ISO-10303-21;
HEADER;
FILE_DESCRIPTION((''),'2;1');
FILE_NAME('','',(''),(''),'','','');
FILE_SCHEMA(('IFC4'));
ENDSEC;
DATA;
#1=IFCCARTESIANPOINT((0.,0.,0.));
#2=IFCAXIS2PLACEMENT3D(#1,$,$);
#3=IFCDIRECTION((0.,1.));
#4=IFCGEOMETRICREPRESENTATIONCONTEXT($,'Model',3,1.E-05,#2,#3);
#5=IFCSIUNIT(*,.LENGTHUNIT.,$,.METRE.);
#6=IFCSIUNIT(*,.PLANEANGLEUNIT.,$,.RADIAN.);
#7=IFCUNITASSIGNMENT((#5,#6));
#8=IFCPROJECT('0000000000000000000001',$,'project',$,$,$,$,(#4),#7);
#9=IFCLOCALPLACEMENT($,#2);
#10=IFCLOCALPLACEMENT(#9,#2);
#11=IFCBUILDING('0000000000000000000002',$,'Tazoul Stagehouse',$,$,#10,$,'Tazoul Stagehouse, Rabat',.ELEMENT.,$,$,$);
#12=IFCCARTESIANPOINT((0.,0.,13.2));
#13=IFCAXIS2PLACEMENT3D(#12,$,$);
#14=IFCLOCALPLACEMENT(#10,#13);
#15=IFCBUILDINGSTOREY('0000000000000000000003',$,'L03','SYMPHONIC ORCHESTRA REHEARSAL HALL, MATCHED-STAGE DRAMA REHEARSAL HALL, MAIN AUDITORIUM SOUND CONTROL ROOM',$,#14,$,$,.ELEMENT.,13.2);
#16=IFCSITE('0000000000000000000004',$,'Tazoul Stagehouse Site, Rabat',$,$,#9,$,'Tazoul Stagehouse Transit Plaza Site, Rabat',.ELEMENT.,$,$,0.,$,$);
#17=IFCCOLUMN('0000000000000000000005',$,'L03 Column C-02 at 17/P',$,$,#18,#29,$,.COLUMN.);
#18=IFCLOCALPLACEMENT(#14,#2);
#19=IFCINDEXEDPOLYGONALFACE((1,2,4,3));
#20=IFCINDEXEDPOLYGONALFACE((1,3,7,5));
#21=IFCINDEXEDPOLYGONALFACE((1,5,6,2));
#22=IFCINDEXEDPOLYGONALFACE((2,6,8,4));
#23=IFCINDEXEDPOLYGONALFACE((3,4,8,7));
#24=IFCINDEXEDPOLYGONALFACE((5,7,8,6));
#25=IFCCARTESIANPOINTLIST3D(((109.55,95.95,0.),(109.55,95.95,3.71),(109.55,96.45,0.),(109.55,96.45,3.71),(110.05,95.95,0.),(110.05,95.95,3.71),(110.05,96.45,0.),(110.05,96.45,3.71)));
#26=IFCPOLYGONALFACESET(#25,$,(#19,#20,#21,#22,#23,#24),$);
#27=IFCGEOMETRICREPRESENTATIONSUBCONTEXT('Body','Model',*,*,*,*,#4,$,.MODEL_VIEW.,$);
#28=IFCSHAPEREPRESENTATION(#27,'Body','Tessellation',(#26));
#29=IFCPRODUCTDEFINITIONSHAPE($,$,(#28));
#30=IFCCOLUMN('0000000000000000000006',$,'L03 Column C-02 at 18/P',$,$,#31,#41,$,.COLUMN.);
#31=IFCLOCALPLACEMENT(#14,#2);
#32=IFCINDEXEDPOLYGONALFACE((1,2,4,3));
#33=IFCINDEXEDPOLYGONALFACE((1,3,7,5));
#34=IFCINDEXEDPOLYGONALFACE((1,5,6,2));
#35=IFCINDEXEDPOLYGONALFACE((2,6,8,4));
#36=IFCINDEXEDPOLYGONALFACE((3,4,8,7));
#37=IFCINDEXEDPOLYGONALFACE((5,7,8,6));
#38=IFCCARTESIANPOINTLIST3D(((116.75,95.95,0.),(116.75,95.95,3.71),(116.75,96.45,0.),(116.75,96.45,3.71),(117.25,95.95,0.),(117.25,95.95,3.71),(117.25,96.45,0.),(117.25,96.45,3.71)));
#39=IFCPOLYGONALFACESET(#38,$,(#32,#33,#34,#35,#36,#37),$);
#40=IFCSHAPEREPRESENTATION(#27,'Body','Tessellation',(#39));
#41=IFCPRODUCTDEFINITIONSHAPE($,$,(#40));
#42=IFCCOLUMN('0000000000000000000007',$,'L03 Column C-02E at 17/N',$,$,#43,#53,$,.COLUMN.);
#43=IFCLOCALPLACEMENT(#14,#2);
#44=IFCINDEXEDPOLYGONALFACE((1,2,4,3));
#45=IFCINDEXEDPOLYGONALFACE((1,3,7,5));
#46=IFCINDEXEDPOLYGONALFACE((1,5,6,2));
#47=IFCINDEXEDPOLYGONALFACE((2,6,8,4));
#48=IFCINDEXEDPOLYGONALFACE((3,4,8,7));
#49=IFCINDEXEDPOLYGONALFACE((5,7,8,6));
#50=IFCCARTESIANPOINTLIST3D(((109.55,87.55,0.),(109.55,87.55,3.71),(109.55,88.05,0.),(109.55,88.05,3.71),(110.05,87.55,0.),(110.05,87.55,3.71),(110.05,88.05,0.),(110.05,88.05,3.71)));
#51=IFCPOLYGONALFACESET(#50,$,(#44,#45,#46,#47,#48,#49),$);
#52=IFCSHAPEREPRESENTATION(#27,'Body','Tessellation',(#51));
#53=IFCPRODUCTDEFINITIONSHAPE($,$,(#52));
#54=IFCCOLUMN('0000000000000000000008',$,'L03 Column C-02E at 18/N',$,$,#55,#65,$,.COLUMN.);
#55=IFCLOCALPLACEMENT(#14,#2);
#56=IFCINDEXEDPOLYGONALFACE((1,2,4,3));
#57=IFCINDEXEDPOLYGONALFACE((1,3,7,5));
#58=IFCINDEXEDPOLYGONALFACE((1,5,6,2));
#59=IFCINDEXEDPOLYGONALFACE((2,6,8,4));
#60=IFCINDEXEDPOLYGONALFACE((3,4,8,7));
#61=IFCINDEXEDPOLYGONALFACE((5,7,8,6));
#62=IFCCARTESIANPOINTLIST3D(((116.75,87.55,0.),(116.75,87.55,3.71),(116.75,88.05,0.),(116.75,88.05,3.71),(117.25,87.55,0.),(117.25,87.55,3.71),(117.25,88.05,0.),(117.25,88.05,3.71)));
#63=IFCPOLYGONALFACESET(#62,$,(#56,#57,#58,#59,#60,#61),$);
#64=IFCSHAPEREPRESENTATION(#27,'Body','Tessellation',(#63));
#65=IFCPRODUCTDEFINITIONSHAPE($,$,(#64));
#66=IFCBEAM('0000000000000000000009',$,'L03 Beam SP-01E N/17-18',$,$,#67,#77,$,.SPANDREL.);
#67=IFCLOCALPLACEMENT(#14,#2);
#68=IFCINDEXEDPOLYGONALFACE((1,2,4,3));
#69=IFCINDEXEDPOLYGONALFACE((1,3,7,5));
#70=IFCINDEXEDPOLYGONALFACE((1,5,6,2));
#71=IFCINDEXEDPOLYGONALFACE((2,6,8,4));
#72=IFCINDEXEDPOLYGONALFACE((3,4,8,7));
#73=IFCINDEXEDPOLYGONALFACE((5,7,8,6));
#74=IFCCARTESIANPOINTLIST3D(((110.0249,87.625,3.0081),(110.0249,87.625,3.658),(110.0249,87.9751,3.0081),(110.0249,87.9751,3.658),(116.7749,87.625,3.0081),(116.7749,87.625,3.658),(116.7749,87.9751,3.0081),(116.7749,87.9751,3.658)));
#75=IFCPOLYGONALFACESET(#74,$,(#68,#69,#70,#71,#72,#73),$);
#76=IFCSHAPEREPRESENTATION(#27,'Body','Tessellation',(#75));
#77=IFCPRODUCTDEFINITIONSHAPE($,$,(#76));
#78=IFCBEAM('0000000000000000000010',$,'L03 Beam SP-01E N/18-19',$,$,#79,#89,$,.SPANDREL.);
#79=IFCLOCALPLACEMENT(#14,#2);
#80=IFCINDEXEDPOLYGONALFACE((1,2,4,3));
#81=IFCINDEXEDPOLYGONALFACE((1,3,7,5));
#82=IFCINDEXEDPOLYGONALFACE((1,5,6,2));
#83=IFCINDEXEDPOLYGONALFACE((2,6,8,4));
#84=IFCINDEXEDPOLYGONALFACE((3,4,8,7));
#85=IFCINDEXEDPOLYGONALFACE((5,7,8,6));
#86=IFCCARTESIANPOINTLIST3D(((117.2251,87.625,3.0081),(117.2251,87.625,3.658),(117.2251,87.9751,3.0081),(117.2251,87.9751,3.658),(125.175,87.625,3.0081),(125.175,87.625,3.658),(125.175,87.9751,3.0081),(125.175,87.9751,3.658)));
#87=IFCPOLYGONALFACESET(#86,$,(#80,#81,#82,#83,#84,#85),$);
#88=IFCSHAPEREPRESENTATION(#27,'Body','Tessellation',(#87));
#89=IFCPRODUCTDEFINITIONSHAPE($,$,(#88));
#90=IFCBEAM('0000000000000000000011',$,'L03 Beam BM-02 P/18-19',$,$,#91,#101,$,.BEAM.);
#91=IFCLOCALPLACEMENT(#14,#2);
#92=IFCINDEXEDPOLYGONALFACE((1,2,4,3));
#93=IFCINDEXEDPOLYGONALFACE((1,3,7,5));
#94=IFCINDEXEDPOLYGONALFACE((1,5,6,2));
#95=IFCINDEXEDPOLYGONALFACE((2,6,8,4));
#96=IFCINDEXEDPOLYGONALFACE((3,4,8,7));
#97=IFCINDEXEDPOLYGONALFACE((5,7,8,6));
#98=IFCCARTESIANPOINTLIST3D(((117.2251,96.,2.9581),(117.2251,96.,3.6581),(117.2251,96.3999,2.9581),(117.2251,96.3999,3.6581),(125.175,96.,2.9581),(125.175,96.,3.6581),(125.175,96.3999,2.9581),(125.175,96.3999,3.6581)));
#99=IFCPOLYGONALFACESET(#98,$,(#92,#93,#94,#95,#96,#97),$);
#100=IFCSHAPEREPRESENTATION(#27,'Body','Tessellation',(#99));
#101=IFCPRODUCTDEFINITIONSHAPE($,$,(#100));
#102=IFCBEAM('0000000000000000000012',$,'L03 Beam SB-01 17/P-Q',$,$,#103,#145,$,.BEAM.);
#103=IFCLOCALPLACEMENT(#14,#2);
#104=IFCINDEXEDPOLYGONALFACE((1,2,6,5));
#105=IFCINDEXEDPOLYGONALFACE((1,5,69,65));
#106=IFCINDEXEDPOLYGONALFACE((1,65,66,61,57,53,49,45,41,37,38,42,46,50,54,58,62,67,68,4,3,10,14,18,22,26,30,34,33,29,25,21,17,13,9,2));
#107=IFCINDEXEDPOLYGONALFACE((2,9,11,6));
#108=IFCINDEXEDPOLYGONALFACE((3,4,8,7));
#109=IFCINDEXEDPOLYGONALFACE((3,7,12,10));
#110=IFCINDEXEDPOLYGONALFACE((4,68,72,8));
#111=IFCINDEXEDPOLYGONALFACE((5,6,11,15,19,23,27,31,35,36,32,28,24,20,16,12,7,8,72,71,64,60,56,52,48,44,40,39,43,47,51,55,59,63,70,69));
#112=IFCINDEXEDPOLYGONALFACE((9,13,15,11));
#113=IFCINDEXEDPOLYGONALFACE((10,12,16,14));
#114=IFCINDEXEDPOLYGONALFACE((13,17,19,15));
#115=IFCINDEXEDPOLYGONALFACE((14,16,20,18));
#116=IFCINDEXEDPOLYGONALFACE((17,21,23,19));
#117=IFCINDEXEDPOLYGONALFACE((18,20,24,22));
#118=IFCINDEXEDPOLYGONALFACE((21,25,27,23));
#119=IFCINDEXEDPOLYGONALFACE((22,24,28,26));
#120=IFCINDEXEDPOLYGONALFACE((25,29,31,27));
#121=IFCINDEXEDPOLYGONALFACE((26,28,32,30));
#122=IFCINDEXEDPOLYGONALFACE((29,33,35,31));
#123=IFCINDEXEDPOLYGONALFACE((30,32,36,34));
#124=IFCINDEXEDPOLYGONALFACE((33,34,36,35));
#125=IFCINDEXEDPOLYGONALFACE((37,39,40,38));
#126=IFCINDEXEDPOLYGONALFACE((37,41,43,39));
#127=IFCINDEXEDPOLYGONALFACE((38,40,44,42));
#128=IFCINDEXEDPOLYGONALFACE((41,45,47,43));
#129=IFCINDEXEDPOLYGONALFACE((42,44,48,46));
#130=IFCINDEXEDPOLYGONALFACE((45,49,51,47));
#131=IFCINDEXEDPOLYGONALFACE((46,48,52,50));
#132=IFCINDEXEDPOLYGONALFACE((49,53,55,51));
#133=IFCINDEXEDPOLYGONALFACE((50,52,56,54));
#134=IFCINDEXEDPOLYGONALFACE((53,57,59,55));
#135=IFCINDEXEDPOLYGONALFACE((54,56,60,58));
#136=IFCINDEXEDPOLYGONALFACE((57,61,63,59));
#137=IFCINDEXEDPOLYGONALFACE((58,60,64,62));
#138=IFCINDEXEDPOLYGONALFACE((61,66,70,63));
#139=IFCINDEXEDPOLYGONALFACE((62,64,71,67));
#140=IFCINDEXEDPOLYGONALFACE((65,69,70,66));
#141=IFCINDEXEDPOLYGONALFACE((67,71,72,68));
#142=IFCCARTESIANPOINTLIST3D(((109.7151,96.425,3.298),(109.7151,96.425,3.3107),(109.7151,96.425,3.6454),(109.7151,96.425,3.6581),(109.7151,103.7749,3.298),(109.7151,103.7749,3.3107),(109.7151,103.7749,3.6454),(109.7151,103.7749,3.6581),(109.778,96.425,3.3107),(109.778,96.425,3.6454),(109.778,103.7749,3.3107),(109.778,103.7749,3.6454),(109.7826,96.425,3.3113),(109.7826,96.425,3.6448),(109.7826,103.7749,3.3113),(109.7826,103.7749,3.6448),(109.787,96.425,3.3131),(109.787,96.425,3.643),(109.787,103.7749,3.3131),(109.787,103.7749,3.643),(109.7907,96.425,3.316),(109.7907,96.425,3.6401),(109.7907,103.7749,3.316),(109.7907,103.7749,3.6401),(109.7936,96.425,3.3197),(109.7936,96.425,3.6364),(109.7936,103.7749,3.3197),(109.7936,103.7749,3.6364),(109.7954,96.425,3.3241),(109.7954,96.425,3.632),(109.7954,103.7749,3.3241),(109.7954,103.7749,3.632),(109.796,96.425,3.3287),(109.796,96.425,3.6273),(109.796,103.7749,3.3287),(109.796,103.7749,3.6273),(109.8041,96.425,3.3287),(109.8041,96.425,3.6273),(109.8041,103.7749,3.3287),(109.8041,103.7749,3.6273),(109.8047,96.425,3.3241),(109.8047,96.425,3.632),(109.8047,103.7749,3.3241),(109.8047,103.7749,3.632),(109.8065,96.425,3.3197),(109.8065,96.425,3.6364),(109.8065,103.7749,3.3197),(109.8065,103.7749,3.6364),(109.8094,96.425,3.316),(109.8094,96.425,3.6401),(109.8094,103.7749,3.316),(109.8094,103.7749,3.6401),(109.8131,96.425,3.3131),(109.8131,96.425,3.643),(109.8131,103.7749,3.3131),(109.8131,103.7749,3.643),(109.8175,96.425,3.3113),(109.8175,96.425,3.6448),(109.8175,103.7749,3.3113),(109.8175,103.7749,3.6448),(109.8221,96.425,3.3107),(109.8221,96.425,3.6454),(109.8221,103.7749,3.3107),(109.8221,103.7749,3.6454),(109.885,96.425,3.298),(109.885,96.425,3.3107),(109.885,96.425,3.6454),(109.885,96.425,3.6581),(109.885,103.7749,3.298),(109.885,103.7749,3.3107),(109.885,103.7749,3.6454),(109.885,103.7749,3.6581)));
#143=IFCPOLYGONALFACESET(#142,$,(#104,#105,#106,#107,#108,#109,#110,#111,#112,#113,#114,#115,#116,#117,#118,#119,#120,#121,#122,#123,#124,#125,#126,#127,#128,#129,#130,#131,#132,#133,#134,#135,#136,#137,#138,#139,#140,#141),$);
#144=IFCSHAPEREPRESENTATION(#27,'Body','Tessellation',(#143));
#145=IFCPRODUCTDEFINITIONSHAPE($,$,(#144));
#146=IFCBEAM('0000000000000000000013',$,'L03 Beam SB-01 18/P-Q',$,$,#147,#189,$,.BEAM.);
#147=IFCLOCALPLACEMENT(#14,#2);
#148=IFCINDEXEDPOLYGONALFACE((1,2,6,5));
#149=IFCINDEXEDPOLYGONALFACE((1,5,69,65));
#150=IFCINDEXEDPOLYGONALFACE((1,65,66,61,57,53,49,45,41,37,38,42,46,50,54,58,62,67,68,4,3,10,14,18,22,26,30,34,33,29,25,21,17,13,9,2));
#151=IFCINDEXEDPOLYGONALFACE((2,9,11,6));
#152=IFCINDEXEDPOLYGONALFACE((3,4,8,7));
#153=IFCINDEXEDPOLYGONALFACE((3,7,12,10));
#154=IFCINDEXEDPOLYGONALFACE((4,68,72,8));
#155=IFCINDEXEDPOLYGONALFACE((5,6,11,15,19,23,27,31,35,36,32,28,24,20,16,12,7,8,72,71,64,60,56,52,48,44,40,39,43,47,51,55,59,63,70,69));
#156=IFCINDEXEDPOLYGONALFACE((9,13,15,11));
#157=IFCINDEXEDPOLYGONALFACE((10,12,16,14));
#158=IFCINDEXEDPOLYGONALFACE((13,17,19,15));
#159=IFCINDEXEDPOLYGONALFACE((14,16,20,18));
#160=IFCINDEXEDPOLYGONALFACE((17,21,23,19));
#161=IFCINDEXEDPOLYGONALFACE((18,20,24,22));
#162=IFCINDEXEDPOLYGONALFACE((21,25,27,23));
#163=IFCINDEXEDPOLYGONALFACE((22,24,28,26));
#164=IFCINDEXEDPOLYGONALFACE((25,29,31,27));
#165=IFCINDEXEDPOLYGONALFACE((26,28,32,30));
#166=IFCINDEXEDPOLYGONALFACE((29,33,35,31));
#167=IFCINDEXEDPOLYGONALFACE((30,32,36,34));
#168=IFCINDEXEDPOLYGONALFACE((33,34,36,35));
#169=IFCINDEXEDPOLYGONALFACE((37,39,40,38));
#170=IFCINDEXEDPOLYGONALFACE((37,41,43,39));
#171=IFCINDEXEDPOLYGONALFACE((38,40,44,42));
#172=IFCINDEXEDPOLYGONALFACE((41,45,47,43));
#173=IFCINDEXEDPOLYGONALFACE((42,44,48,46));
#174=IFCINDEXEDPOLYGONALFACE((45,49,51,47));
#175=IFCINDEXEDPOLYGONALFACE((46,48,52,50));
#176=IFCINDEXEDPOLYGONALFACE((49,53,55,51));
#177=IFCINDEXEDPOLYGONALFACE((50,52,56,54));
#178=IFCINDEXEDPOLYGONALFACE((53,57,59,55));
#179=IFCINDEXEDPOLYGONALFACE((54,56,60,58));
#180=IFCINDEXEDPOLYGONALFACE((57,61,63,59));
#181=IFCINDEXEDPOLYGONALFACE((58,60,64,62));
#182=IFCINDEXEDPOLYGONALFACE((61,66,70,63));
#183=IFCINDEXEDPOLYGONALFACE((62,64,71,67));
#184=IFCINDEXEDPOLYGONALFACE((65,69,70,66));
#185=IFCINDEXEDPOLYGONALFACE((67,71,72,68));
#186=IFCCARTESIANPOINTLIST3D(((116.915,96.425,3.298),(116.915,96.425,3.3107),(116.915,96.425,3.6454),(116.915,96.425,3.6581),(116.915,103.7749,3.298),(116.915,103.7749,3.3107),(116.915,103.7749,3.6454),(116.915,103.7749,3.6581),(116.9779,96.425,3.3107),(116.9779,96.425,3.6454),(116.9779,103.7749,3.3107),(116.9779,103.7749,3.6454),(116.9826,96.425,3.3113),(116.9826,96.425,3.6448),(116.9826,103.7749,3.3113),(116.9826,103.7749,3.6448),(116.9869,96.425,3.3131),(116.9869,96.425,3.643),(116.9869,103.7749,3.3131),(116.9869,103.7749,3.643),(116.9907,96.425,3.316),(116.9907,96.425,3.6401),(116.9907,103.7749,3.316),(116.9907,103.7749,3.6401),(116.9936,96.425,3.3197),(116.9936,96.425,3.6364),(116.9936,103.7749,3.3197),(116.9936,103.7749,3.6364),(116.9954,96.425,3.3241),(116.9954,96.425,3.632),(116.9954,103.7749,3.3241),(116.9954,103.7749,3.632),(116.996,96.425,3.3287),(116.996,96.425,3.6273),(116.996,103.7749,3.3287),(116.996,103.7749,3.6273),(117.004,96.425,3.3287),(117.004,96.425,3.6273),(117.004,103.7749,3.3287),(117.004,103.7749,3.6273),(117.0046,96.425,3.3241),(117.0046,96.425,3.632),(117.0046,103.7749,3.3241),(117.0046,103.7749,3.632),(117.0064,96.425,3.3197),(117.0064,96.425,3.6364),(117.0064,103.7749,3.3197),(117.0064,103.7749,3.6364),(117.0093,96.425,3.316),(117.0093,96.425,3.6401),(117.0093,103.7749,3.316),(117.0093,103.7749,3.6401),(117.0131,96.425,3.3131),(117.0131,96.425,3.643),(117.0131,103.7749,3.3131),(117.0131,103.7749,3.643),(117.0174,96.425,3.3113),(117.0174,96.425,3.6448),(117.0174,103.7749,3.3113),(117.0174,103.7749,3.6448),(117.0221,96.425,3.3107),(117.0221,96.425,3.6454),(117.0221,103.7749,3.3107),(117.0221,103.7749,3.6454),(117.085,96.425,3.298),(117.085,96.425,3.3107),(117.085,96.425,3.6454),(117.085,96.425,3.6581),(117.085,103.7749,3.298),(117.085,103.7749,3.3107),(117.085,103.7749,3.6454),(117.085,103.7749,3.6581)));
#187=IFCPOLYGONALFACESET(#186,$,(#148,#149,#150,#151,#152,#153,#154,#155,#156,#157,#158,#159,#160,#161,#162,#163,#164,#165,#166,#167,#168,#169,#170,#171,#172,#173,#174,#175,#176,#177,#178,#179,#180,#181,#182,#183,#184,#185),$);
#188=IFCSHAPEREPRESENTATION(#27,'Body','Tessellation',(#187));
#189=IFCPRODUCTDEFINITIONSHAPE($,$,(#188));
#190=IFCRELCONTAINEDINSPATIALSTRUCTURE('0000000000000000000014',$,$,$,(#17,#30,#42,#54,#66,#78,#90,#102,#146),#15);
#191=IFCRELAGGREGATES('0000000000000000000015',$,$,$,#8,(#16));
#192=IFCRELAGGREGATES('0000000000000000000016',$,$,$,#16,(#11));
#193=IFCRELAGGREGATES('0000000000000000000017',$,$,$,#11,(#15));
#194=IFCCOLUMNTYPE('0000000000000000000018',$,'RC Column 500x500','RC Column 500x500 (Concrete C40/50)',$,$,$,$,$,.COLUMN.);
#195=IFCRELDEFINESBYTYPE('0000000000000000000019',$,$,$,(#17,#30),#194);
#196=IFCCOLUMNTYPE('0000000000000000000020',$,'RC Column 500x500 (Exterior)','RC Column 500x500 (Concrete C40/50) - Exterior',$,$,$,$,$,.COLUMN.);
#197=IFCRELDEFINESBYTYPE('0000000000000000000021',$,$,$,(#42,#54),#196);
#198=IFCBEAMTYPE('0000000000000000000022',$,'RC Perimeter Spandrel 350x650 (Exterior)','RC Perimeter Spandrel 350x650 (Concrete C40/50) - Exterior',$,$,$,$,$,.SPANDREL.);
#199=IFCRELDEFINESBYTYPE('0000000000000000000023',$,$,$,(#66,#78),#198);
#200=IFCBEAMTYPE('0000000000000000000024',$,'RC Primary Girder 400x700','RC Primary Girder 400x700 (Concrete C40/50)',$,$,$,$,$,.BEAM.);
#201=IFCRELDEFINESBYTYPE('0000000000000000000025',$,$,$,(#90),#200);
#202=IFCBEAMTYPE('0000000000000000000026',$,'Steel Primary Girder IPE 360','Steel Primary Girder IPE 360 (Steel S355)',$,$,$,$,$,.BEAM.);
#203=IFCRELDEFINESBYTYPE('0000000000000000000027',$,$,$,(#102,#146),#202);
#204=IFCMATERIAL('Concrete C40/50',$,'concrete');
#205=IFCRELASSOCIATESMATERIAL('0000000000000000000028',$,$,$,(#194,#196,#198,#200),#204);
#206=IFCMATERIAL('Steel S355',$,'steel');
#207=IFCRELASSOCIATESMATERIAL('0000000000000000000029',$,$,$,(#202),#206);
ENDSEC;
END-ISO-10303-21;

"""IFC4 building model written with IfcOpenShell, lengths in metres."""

from ifc_helpers import new_model, si_unit, direction, frame, origin, origin_2d, place, context, subcontext, project, spatial, rectangle, i_section, extrude, material, material_profile, profile_set, type_object, element, save


model = new_model("IFC4")

# Units and contexts
model_context = context("Model", 3, precision=1e-05, world=origin(), true_north=direction((0.0, 1.0)))
body_context = subcontext(model_context, "Body", "Model", "MODEL_VIEW")
ifc_project = project(units=[si_unit("LENGTHUNIT", "METRE"), si_unit("PLANEANGLEUNIT", "RADIAN")], contexts=[model_context])

# Site, building, storey
site_placement = place(None, origin())
site = spatial("IfcSite", under=ifc_project, at=site_placement, Name="Tazoul Stagehouse Site, Rabat", LongName="Tazoul Stagehouse Transit Plaza Site, Rabat", CompositionType="ELEMENT", RefElevation=0.0)
building_placement = place(site_placement, origin())
building = spatial("IfcBuilding", under=site, at=building_placement, Name="Tazoul Stagehouse", LongName="Tazoul Stagehouse, Rabat", CompositionType="ELEMENT")
storey_placement = place(building_placement, frame((0.0, 0.0, 13.2)))
storey = spatial("IfcBuildingStorey", under=building, at=storey_placement, Name="L03", Description="SYMPHONIC ORCHESTRA REHEARSAL HALL, MATCHED-STAGE DRAMA REHEARSAL HALL, MAIN AUDITORIUM SOUND CONTROL ROOM", CompositionType="ELEMENT", Elevation=13.2)

# Columns
ifc_material_1 = material(Name="Concrete C40/50", Category="concrete")
ifc_material_profile_1 = material_profile(ifc_material_1, rectangle(XDim=0.5, YDim=0.5, at=origin_2d()), Name="RC 500x500")
ifc_profile_set_1 = profile_set([ifc_material_profile_1], Name="Concrete C40/50")
column_type_1 = type_object("IfcColumnType", Name="RC Column 500x500", Description="RC Column 500x500 (Concrete C40/50)", PredefinedType="COLUMN", material=ifc_profile_set_1)
for number, where, z_axis, x_axis, name in (
    (1, (109.8, 96.2, 0.0), (0.0, 0.0, 1.0), (1.0, 0.0, 0.0), "L03 Column C-02 at 17/P"),
    (2, (117.0, 96.2, 0.0), (0.0, 0.0, 1.0), (1.0, 0.0, 0.0), "L03 Column C-02 at 18/P"),
):
    element("IfcColumn", number, at=place(storey_placement, frame(where, z_axis=z_axis, x_axis=x_axis)), inside=storey, type_object=column_type_1, Name=name, PredefinedType="COLUMN", context=body_context, shape_type="SweptSolid", body=[
        extrude(rectangle(XDim=0.5, YDim=0.5, at=origin_2d()), origin(), (0.0, 0.0, 1.0), 3.71),
    ])
ifc_material_profile_2 = material_profile(ifc_material_1, rectangle(XDim=0.5, YDim=0.5, at=origin_2d()), Name="RC 500x500")
ifc_profile_set_2 = profile_set([ifc_material_profile_2], Name="Concrete C40/50")
column_type_2 = type_object("IfcColumnType", Name="RC Column 500x500 (Exterior)", Description="RC Column 500x500 (Concrete C40/50) - Exterior", PredefinedType="COLUMN", material=ifc_profile_set_2)
for number, where, z_axis, x_axis, name in (
    (3, (109.8, 87.8, 0.0), (0.0, 0.0, 1.0), (1.0, 0.0, 0.0), "L03 Column C-02E at 17/N"),
    (4, (117.0, 87.8, 0.0), (0.0, 0.0, 1.0), (1.0, 0.0, 0.0), "L03 Column C-02E at 18/N"),
):
    element("IfcColumn", number, at=place(storey_placement, frame(where, z_axis=z_axis, x_axis=x_axis)), inside=storey, type_object=column_type_2, Name=name, PredefinedType="COLUMN", context=body_context, shape_type="SweptSolid", body=[
        extrude(rectangle(XDim=0.5, YDim=0.5, at=origin_2d()), origin(), (0.0, 0.0, 1.0), 3.71),
    ])

# Beams
ifc_material_profile_3 = material_profile(ifc_material_1, rectangle(XDim=0.3501, YDim=0.6499, at=origin_2d()), Name="RC 350x650")
ifc_profile_set_3 = profile_set([ifc_material_profile_3], Name="Concrete C40/50")
beam_type_1 = type_object("IfcBeamType", Name="RC Perimeter Spandrel 350x650 (Exterior)", Description="RC Perimeter Spandrel 350x650 (Concrete C40/50) - Exterior", PredefinedType="SPANDREL", material=ifc_profile_set_3)
beam_1_placement = place(storey_placement, frame((110.0249, 87.8, 3.333), z_axis=(1.0, 0.0, 0.0), x_axis=(0.0, 1.0, 0.0)))
element("IfcBeam", 5, at=beam_1_placement, inside=storey, type_object=beam_type_1, Name="L03 Beam SP-01E N/17-18", PredefinedType="SPANDREL", context=body_context, shape_type="SweptSolid", body=[
    extrude(rectangle(XDim=0.3501, YDim=0.6499, at=origin_2d()), origin(), (0.0, 0.0, 1.0), 6.75),
])
beam_2_placement = place(storey_placement, frame((117.2251, 87.8, 3.333), z_axis=(1.0, 0.0, 0.0), x_axis=(0.0, 1.0, 0.0)))
element("IfcBeam", 6, at=beam_2_placement, inside=storey, type_object=beam_type_1, Name="L03 Beam SP-01E N/18-19", PredefinedType="SPANDREL", context=body_context, shape_type="SweptSolid", body=[
    extrude(rectangle(XDim=0.3501, YDim=0.6499, at=origin_2d()), origin(), (0.0, 0.0, 1.0), 7.95),
])
ifc_material_profile_4 = material_profile(ifc_material_1, rectangle(XDim=0.3999, YDim=0.7, at=origin_2d()), Name="RC 400x700")
ifc_profile_set_4 = profile_set([ifc_material_profile_4], Name="Concrete C40/50")
beam_type_2 = type_object("IfcBeamType", Name="RC Primary Girder 400x700", Description="RC Primary Girder 400x700 (Concrete C40/50)", PredefinedType="BEAM", material=ifc_profile_set_4)
beam_3_placement = place(storey_placement, frame((117.2251, 96.2, 3.3081), z_axis=(1.0, 0.0, 0.0), x_axis=(0.0, 1.0, 0.0)))
element("IfcBeam", 7, at=beam_3_placement, inside=storey, type_object=beam_type_2, Name="L03 Beam BM-02 P/18-19", PredefinedType="BEAM", context=body_context, shape_type="SweptSolid", body=[
    extrude(rectangle(XDim=0.3999, YDim=0.7, at=origin_2d()), origin(), (0.0, 0.0, 1.0), 7.95),
])
ifc_material_2 = material(Name="Steel S355", Category="steel")
ifc_material_profile_5 = material_profile(ifc_material_2, i_section(OverallWidth=0.1699, OverallDepth=0.3601, WebThickness=0.0081, FlangeThickness=0.0127, FilletRadius=0.0181, at=origin_2d()), Name="IPE 360")
ifc_profile_set_5 = profile_set([ifc_material_profile_5], Name="Steel S355")
beam_type_3 = type_object("IfcBeamType", Name="Steel Primary Girder IPE 360", Description="Steel Primary Girder IPE 360 (Steel S355)", PredefinedType="BEAM", material=ifc_profile_set_5)
for number, where, z_axis, x_axis, name in (
    (8, (109.8, 96.425, 3.478), (0.0, 1.0, 0.0), (-1.0, 0.0, 0.0), "L03 Beam SB-01 17/P-Q"),
    (9, (117.0, 96.425, 3.478), (0.0, 1.0, 0.0), (-1.0, 0.0, 0.0), "L03 Beam SB-01 18/P-Q"),
):
    element("IfcBeam", number, at=place(storey_placement, frame(where, z_axis=z_axis, x_axis=x_axis)), inside=storey, type_object=beam_type_3, Name=name, PredefinedType="BEAM", context=body_context, shape_type="SweptSolid", body=[
        extrude(i_section(OverallWidth=0.1699, OverallDepth=0.3601, WebThickness=0.0081, FlangeThickness=0.0127, FilletRadius=0.0181, at=origin_2d()), origin(), (0.0, 0.0, 1.0), 7.3499),
    ])

save(model, "model.ifc")
